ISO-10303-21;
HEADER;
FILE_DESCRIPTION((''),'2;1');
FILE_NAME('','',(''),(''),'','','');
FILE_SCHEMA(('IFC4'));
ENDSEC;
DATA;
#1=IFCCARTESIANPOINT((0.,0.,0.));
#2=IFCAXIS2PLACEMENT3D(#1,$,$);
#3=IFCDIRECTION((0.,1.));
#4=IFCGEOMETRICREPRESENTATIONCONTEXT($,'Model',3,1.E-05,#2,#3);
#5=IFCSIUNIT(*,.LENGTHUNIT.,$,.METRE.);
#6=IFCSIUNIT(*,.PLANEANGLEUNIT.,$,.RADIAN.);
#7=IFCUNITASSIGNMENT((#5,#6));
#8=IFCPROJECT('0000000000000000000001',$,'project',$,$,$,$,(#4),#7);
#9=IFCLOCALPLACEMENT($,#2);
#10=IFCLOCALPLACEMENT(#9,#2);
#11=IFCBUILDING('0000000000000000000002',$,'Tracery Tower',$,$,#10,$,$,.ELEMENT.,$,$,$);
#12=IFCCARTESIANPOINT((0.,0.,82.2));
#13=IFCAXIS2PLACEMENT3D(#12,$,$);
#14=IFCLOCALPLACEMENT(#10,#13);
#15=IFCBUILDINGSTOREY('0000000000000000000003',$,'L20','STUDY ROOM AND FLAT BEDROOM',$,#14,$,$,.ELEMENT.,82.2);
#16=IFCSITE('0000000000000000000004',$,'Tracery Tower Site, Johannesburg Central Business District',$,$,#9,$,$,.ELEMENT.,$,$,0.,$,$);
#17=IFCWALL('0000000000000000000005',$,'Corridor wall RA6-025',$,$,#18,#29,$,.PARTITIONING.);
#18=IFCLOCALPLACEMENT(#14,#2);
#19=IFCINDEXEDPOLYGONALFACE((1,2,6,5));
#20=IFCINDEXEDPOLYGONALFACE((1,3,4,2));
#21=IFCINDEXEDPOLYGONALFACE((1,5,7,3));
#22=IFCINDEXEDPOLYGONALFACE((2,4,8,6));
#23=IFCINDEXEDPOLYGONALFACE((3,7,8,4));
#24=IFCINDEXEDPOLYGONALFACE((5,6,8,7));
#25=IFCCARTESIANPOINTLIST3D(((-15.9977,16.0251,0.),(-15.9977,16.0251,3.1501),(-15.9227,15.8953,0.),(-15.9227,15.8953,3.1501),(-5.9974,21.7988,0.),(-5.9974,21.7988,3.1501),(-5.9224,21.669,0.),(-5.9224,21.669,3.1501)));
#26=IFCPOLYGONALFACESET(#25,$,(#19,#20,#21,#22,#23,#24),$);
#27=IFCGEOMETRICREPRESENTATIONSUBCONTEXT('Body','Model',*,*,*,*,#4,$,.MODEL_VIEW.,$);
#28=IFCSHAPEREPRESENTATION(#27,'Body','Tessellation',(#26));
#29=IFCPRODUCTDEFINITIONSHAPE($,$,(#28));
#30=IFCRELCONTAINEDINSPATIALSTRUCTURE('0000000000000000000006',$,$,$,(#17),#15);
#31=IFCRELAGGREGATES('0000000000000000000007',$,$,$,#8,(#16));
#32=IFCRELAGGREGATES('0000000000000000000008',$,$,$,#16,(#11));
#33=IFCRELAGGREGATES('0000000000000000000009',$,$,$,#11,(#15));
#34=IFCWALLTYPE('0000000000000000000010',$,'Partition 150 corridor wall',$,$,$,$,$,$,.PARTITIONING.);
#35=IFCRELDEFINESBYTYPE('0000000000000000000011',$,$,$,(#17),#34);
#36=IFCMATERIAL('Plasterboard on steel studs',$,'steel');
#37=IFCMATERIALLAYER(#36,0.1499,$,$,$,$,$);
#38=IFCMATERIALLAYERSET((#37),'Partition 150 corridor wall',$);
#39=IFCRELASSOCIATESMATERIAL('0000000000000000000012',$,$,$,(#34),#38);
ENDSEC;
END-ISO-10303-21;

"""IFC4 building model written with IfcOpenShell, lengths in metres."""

from ifc_helpers import new_model, si_unit, direction, frame, frame_2d, origin, place, context, subcontext, project, spatial, rectangle, extrude, material, layer, layer_set, type_object, element, save


model = new_model("IFC4")

# Units and contexts
model_context = context("Model", 3, precision=1e-05, world=origin(), true_north=direction((0.0, 1.0)))
body_context = subcontext(model_context, "Body", "Model", "MODEL_VIEW")
ifc_project = project(units=[si_unit("LENGTHUNIT", "METRE"), si_unit("PLANEANGLEUNIT", "RADIAN")], contexts=[model_context])

# Site, building, storey
site_placement = place(None, origin())
site = spatial("IfcSite", under=ifc_project, at=site_placement, Name="Tracery Tower Site, Johannesburg Central Business District", CompositionType="ELEMENT", RefElevation=0.0)
building_placement = place(site_placement, origin())
building = spatial("IfcBuilding", under=site, at=building_placement, Name="Tracery Tower", CompositionType="ELEMENT")
storey_placement = place(building_placement, frame((0.0, 0.0, 82.2)))
storey = spatial("IfcBuildingStorey", under=building, at=storey_placement, Name="L20", Description="STUDY ROOM AND FLAT BEDROOM", CompositionType="ELEMENT", Elevation=82.2)

# Wall
ifc_material_1 = material(Name="Plasterboard on steel studs", Category="steel")
ifc_layer_1 = layer(ifc_material_1, 0.1499)
ifc_layer_set_1 = layer_set([ifc_layer_1], Name="Partition 150 corridor wall")
wall_type_1 = type_object("IfcWallType", Name="Partition 150 corridor wall", PredefinedType="PARTITIONING", material=ifc_layer_set_1)
wall_1_placement = place(storey_placement, frame((-15.9602, 15.9602, 0.0), z_axis=(0.0, 0.0, 1.0), x_axis=(0.866024, 0.500002, 0.0)))
element("IfcWall", 1, at=wall_1_placement, inside=storey, type_object=wall_type_1, Name="Corridor wall RA6-025", PredefinedType="PARTITIONING", context=body_context, shape_type="SweptSolid", body=[
    extrude(rectangle(XDim=11.5474, YDim=0.1499, at=frame_2d((5.7737, 0.0))), origin(), (0.0, 0.0, 1.0), 3.1501),
])

save(model, "model.ifc")
